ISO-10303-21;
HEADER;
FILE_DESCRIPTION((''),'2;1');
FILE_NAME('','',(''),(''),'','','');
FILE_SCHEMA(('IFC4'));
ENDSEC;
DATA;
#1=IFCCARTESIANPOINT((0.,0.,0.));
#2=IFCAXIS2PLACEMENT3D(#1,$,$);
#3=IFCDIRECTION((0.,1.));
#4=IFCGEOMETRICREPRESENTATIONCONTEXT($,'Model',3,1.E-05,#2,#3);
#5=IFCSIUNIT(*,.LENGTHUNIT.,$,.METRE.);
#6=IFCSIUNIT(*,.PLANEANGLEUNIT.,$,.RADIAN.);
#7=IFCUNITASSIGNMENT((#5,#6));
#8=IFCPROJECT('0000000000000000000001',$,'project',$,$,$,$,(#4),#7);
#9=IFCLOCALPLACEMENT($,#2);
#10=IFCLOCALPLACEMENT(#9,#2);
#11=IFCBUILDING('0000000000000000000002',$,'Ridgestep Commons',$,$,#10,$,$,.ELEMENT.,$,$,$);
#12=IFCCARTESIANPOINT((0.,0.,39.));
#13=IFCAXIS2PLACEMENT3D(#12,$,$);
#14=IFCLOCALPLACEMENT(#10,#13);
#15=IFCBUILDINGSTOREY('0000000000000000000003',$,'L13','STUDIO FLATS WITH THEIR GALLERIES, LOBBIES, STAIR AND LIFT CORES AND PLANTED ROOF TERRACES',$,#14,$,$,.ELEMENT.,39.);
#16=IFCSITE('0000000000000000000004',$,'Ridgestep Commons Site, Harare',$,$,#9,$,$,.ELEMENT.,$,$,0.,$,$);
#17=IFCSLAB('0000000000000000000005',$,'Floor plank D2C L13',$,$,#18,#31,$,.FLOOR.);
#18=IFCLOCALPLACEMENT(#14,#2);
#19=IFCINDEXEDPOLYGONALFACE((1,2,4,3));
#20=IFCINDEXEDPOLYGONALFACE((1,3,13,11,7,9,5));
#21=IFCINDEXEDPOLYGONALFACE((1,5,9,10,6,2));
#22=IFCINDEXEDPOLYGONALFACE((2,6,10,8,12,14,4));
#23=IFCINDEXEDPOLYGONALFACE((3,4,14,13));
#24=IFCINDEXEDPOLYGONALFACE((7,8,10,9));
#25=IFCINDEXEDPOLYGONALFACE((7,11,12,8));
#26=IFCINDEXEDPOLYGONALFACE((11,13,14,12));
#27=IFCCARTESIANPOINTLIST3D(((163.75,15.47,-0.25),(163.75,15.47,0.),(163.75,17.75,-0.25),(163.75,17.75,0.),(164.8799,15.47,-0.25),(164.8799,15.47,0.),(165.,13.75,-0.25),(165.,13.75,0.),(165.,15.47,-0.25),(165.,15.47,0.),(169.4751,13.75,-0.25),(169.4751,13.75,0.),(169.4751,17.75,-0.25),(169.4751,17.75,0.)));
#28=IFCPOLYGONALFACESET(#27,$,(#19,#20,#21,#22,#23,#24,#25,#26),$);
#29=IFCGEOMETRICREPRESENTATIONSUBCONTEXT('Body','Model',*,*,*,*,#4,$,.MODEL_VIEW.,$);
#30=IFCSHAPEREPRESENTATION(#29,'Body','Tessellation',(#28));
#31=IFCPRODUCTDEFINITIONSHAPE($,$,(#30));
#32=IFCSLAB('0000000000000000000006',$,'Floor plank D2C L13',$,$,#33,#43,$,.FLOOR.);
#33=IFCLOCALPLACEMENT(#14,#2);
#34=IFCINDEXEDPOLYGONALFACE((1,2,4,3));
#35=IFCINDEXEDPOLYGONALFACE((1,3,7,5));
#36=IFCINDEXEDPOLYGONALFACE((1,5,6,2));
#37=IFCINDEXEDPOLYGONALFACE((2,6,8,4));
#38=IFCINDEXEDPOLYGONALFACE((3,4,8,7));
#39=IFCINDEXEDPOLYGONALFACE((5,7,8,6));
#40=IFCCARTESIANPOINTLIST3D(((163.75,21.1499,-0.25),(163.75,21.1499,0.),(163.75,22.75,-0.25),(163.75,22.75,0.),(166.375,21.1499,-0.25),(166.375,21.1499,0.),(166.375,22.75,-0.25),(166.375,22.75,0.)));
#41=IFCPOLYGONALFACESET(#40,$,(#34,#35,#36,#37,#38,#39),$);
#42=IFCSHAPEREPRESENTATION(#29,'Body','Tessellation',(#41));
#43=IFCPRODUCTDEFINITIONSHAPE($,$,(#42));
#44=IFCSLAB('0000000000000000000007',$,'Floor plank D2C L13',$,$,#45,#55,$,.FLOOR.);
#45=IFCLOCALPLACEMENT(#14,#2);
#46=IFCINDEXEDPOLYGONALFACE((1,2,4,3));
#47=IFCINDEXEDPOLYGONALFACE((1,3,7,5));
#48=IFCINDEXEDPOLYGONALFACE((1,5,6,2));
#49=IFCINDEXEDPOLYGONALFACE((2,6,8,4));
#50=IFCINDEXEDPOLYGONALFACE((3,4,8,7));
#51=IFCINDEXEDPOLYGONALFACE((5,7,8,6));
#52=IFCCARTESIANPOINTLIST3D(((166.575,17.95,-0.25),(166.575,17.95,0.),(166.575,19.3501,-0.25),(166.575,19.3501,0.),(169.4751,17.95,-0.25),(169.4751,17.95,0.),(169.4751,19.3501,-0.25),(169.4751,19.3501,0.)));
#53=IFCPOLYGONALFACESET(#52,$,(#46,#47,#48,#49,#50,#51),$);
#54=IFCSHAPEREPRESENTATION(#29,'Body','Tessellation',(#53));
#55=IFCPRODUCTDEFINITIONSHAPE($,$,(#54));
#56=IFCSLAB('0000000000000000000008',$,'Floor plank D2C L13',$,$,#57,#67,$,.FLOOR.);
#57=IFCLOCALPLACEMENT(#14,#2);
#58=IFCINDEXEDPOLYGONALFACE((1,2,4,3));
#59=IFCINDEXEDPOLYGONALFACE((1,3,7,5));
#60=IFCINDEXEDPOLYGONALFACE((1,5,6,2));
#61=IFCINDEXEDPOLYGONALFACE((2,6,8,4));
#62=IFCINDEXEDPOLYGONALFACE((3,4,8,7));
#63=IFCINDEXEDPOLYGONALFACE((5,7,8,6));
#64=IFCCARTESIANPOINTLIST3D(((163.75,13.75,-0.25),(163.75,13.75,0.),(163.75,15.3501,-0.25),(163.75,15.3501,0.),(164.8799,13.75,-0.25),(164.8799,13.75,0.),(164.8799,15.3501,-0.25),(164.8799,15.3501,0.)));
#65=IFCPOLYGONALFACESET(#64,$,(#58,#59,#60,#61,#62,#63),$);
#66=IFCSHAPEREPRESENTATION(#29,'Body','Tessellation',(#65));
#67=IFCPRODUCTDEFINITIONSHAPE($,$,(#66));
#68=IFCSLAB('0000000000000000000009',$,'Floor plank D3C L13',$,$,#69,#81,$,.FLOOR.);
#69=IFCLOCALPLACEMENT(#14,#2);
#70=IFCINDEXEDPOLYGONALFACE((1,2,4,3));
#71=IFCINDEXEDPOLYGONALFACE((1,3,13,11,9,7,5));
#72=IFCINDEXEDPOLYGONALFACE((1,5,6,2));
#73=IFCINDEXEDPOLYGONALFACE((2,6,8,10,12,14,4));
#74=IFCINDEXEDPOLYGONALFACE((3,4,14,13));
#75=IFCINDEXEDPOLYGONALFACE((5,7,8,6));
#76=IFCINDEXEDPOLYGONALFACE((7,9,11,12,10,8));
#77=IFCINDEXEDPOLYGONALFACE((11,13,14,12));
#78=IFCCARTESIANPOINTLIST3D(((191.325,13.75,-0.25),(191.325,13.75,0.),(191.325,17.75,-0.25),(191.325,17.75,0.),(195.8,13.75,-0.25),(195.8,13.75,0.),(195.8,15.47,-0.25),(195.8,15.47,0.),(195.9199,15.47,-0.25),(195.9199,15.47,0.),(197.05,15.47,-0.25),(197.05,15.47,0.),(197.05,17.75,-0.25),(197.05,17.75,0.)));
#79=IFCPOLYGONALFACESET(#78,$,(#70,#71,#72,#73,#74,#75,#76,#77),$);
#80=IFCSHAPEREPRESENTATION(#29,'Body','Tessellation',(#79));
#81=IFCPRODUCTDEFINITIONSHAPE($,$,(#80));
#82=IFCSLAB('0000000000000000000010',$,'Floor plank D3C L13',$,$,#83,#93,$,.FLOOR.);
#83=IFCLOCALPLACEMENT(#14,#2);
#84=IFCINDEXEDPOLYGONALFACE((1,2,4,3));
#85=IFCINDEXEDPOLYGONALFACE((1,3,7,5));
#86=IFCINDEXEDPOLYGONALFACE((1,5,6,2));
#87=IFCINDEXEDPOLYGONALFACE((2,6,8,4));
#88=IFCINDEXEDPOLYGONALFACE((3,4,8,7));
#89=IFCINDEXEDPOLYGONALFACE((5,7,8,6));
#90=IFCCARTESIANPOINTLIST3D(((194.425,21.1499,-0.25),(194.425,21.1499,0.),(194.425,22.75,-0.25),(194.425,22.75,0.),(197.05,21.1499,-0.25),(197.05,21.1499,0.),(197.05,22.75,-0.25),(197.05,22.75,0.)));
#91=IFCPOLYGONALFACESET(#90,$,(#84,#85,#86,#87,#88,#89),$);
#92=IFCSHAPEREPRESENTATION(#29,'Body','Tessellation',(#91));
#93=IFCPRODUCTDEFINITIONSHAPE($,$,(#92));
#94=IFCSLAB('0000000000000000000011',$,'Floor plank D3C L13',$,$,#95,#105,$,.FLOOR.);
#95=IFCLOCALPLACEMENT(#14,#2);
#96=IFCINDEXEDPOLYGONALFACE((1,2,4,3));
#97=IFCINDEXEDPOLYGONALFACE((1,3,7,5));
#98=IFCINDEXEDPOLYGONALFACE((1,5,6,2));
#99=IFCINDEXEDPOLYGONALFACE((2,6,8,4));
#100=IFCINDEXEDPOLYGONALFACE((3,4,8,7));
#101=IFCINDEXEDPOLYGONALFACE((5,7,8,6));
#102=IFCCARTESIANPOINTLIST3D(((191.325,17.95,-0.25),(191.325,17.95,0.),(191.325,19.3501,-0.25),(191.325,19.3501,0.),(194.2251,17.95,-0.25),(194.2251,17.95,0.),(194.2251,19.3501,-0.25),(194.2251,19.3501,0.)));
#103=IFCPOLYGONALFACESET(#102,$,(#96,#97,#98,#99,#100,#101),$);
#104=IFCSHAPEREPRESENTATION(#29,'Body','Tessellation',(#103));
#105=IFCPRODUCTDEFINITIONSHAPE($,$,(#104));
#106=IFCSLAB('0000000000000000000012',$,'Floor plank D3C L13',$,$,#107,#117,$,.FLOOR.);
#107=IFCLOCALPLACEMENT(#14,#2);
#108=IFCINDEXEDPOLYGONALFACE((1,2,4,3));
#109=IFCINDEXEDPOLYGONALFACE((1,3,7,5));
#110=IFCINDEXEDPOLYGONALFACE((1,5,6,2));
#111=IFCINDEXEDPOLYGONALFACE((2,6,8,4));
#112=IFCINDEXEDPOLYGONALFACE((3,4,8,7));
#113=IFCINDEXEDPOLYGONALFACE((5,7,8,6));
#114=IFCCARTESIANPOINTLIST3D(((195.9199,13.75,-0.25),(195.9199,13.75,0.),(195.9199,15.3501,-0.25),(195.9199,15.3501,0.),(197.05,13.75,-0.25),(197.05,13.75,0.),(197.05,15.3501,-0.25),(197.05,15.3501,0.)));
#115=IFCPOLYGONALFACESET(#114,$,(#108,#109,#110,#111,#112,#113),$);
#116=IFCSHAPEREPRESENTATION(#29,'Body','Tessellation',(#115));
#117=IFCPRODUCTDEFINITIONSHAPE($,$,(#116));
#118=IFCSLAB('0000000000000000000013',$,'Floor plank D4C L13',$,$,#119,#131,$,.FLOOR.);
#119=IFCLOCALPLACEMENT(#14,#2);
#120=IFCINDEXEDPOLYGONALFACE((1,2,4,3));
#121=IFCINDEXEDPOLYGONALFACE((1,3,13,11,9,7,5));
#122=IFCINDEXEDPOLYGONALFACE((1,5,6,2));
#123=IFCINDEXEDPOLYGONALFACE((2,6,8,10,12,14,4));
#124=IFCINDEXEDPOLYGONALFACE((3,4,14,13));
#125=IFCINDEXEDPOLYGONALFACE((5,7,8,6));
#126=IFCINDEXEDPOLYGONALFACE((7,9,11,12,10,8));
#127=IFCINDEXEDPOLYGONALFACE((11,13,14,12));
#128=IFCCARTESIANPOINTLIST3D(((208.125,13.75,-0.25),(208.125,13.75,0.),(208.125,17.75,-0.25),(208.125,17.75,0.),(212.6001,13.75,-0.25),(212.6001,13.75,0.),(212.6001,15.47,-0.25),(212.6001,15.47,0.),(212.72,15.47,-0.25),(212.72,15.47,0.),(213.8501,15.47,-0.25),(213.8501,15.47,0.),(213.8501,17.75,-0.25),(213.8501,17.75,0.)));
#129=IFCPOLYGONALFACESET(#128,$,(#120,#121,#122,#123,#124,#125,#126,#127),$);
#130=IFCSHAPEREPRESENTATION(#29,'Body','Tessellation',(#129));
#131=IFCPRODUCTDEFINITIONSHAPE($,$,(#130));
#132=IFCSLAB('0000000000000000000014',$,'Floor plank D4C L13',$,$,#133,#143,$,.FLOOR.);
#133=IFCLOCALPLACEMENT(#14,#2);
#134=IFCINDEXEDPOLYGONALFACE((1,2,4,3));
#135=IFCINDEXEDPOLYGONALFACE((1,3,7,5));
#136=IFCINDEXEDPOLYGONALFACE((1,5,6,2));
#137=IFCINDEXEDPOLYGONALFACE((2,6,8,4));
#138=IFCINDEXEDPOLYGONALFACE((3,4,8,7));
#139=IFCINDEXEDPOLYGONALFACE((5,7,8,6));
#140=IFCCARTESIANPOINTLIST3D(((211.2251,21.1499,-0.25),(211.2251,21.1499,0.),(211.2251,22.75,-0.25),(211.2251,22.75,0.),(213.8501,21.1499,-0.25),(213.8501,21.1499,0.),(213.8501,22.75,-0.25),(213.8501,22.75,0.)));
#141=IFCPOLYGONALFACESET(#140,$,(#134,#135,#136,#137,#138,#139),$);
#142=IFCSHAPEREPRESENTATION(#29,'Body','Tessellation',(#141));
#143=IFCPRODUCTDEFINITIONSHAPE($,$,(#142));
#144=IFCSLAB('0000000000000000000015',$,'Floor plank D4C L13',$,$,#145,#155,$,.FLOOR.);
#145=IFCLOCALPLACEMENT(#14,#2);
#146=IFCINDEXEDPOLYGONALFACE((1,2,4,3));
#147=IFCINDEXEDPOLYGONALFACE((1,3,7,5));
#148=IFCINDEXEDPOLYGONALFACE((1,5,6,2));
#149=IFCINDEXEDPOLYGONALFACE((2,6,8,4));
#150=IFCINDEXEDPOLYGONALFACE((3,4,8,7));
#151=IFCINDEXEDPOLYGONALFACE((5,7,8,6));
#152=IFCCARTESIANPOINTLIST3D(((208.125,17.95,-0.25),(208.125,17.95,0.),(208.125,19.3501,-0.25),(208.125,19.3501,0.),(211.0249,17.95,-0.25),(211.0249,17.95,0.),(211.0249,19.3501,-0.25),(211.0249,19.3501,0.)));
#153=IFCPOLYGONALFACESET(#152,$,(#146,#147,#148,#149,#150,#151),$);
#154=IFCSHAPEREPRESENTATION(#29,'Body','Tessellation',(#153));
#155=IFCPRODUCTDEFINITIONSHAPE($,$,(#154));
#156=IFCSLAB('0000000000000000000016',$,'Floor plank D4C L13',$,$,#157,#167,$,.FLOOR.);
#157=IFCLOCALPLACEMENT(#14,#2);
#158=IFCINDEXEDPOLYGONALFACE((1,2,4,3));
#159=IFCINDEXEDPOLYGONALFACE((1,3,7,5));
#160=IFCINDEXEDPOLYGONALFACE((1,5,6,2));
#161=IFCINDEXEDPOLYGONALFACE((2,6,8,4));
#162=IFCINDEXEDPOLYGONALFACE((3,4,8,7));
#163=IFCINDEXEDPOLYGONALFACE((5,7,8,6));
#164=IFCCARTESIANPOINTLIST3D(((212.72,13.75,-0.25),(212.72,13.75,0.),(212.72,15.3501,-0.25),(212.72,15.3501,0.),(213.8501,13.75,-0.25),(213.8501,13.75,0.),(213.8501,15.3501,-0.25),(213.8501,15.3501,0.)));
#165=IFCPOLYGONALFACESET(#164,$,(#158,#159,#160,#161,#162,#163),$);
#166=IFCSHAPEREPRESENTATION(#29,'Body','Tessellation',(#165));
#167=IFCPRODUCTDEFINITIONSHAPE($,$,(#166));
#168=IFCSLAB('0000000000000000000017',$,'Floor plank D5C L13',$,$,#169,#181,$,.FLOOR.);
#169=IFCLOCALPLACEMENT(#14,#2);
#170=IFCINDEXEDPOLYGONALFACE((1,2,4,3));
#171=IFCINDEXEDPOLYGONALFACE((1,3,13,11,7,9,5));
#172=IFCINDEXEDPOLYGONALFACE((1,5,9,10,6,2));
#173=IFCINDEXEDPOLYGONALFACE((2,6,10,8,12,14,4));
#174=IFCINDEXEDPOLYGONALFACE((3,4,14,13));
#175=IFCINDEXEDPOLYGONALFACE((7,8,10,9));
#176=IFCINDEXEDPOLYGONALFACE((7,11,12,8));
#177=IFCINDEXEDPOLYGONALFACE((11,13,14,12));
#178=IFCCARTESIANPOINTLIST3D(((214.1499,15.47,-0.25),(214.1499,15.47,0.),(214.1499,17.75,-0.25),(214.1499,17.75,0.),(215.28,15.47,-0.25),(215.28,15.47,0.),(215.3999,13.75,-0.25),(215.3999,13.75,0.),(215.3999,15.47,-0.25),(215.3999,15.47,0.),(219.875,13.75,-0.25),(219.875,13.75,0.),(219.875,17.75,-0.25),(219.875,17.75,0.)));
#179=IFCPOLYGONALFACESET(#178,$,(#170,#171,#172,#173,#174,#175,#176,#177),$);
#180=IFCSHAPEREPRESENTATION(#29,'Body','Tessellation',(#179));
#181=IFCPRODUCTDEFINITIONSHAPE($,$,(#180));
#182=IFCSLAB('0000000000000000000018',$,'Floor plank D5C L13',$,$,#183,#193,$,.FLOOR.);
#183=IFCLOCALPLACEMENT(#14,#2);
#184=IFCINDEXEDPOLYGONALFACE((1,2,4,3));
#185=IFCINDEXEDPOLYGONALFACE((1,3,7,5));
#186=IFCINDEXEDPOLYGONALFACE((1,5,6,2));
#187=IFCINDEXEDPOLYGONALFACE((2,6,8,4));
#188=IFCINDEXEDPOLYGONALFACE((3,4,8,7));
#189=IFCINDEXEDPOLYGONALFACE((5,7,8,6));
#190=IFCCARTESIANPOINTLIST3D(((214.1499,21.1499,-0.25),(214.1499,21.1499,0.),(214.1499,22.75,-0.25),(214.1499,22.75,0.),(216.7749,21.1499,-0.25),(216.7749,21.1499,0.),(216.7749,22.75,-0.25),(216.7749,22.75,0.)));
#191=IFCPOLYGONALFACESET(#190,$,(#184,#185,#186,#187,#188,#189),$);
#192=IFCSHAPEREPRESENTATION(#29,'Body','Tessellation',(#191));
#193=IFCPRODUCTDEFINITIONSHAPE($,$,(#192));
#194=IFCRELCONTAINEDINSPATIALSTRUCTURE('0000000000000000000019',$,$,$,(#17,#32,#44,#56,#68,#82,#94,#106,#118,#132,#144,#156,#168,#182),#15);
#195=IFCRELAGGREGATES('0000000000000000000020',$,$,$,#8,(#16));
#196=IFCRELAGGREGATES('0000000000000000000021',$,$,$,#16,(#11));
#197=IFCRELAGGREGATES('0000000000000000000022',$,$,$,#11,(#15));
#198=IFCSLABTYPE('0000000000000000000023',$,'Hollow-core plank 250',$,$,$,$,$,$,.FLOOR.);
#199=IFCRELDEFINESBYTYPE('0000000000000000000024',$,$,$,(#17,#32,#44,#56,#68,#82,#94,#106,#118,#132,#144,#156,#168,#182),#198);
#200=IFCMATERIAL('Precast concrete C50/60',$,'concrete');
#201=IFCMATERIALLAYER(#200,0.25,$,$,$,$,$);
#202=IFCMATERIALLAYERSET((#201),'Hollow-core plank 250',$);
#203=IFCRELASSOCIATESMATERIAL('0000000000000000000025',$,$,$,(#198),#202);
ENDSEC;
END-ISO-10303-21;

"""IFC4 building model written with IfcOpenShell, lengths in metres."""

from ifc_helpers import new_model, si_unit, direction, frame, origin, place, context, subcontext, project, spatial, polyline, outline, extrude, material, layer, layer_set, type_object, element, save


model = new_model("IFC4")

# Units and contexts
model_context = context("Model", 3, precision=1e-05, world=origin(), true_north=direction((0.0, 1.0)))
body_context = subcontext(model_context, "Body", "Model", "MODEL_VIEW")
ifc_project = project(units=[si_unit("LENGTHUNIT", "METRE"), si_unit("PLANEANGLEUNIT", "RADIAN")], contexts=[model_context])

# Site, building, storey
site_placement = place(None, origin())
site = spatial("IfcSite", under=ifc_project, at=site_placement, Name="Ridgestep Commons Site, Harare", CompositionType="ELEMENT", RefElevation=0.0)
building_placement = place(site_placement, origin())
building = spatial("IfcBuilding", under=site, at=building_placement, Name="Ridgestep Commons", CompositionType="ELEMENT")
storey_placement = place(building_placement, frame((0.0, 0.0, 39.0)))
storey = spatial("IfcBuildingStorey", under=building, at=storey_placement, Name="L13", Description="STUDIO FLATS WITH THEIR GALLERIES, LOBBIES, STAIR AND LIFT CORES AND PLANTED ROOF TERRACES", CompositionType="ELEMENT", Elevation=39.0)

# Slabs
ifc_material_1 = material(Name="Precast concrete C50/60", Category="concrete")
ifc_layer_1 = layer(ifc_material_1, 0.25)
ifc_layer_set_1 = layer_set([ifc_layer_1], Name="Hollow-core plank 250")
slab_type_1 = type_object("IfcSlabType", Name="Hollow-core plank 250", PredefinedType="FLOOR", material=ifc_layer_set_1)
slab_1_placement = place(storey_placement, frame((0.0, 0.0, -0.25)))
element("IfcSlab", 1, at=slab_1_placement, inside=storey, type_object=slab_type_1, Name="Floor plank D2C L13", PredefinedType="FLOOR", context=body_context, shape_type="SweptSolid", body=[
    extrude(outline(polyline([(165.0, 13.75), (169.4751, 13.75), (169.4751, 17.75), (163.75, 17.75), (163.75, 15.47), (164.8799, 15.47), (165.0, 15.47), (165.0, 13.75)])), origin(), (0.0, 0.0, 1.0), 0.25),
])
slab_2_placement = place(storey_placement, frame((0.0, 0.0, -0.25)))
element("IfcSlab", 2, at=slab_2_placement, inside=storey, type_object=slab_type_1, Name="Floor plank D2C L13", PredefinedType="FLOOR", context=body_context, shape_type="SweptSolid", body=[
    extrude(outline(polyline([(166.375, 22.75), (163.75, 22.75), (163.75, 21.1499), (166.375, 21.1499), (166.375, 22.75)])), origin(), (0.0, 0.0, 1.0), 0.25),
])
slab_3_placement = place(storey_placement, frame((0.0, 0.0, -0.25)))
element("IfcSlab", 3, at=slab_3_placement, inside=storey, type_object=slab_type_1, Name="Floor plank D2C L13", PredefinedType="FLOOR", context=body_context, shape_type="SweptSolid", body=[
    extrude(outline(polyline([(169.4751, 17.95), (169.4751, 19.3501), (166.575, 19.3501), (166.575, 17.95), (169.4751, 17.95)])), origin(), (0.0, 0.0, 1.0), 0.25),
])
slab_4_placement = place(storey_placement, frame((0.0, 0.0, -0.25)))
element("IfcSlab", 4, at=slab_4_placement, inside=storey, type_object=slab_type_1, Name="Floor plank D2C L13", PredefinedType="FLOOR", context=body_context, shape_type="SweptSolid", body=[
    extrude(outline(polyline([(164.8799, 15.3501), (163.75, 15.3501), (163.75, 13.75), (164.8799, 13.75), (164.8799, 15.3501)])), origin(), (0.0, 0.0, 1.0), 0.25),
])
slab_5_placement = place(storey_placement, frame((0.0, 0.0, -0.25)))
element("IfcSlab", 5, at=slab_5_placement, inside=storey, type_object=slab_type_1, Name="Floor plank D3C L13", PredefinedType="FLOOR", context=body_context, shape_type="SweptSolid", body=[
    extrude(outline(polyline([(195.9199, 15.47), (197.05, 15.47), (197.05, 17.75), (191.325, 17.75), (191.325, 13.75), (195.8, 13.75), (195.8, 15.47), (195.9199, 15.47)])), origin(), (0.0, 0.0, 1.0), 0.25),
])
slab_6_placement = place(storey_placement, frame((0.0, 0.0, -0.25)))
element("IfcSlab", 6, at=slab_6_placement, inside=storey, type_object=slab_type_1, Name="Floor plank D3C L13", PredefinedType="FLOOR", context=body_context, shape_type="SweptSolid", body=[
    extrude(outline(polyline([(197.05, 21.1499), (197.05, 22.75), (194.425, 22.75), (194.425, 21.1499), (197.05, 21.1499)])), origin(), (0.0, 0.0, 1.0), 0.25),
])
slab_7_placement = place(storey_placement, frame((0.0, 0.0, -0.25)))
element("IfcSlab", 7, at=slab_7_placement, inside=storey, type_object=slab_type_1, Name="Floor plank D3C L13", PredefinedType="FLOOR", context=body_context, shape_type="SweptSolid", body=[
    extrude(outline(polyline([(194.2251, 17.95), (194.2251, 19.3501), (191.325, 19.3501), (191.325, 17.95), (194.2251, 17.95)])), origin(), (0.0, 0.0, 1.0), 0.25),
])
slab_8_placement = place(storey_placement, frame((0.0, 0.0, -0.25)))
element("IfcSlab", 8, at=slab_8_placement, inside=storey, type_object=slab_type_1, Name="Floor plank D3C L13", PredefinedType="FLOOR", context=body_context, shape_type="SweptSolid", body=[
    extrude(outline(polyline([(195.9199, 13.75), (197.05, 13.75), (197.05, 15.3501), (195.9199, 15.3501), (195.9199, 13.75)])), origin(), (0.0, 0.0, 1.0), 0.25),
])
slab_9_placement = place(storey_placement, frame((0.0, 0.0, -0.25)))
element("IfcSlab", 9, at=slab_9_placement, inside=storey, type_object=slab_type_1, Name="Floor plank D4C L13", PredefinedType="FLOOR", context=body_context, shape_type="SweptSolid", body=[
    extrude(outline(polyline([(212.72, 15.47), (213.8501, 15.47), (213.8501, 17.75), (208.125, 17.75), (208.125, 13.75), (212.6001, 13.75), (212.6001, 15.47), (212.72, 15.47)])), origin(), (0.0, 0.0, 1.0), 0.25),
])
slab_10_placement = place(storey_placement, frame((0.0, 0.0, -0.25)))
element("IfcSlab", 10, at=slab_10_placement, inside=storey, type_object=slab_type_1, Name="Floor plank D4C L13", PredefinedType="FLOOR", context=body_context, shape_type="SweptSolid", body=[
    extrude(outline(polyline([(213.8501, 21.1499), (213.8501, 22.75), (211.2251, 22.75), (211.2251, 21.1499), (213.8501, 21.1499)])), origin(), (0.0, 0.0, 1.0), 0.25),
])
slab_11_placement = place(storey_placement, frame((0.0, 0.0, -0.25)))
element("IfcSlab", 11, at=slab_11_placement, inside=storey, type_object=slab_type_1, Name="Floor plank D4C L13", PredefinedType="FLOOR", context=body_context, shape_type="SweptSolid", body=[
    extrude(outline(polyline([(211.0249, 17.95), (211.0249, 19.3501), (208.125, 19.3501), (208.125, 17.95), (211.0249, 17.95)])), origin(), (0.0, 0.0, 1.0), 0.25),
])
slab_12_placement = place(storey_placement, frame((0.0, 0.0, -0.25)))
element("IfcSlab", 12, at=slab_12_placement, inside=storey, type_object=slab_type_1, Name="Floor plank D4C L13", PredefinedType="FLOOR", context=body_context, shape_type="SweptSolid", body=[
    extrude(outline(polyline([(212.72, 13.75), (213.8501, 13.75), (213.8501, 15.3501), (212.72, 15.3501), (212.72, 13.75)])), origin(), (0.0, 0.0, 1.0), 0.25),
])
slab_13_placement = place(storey_placement, frame((0.0, 0.0, -0.25)))
element("IfcSlab", 13, at=slab_13_placement, inside=storey, type_object=slab_type_1, Name="Floor plank D5C L13", PredefinedType="FLOOR", context=body_context, shape_type="SweptSolid", body=[
    extrude(outline(polyline([(215.3999, 13.75), (219.875, 13.75), (219.875, 17.75), (214.1499, 17.75), (214.1499, 15.47), (215.28, 15.47), (215.3999, 15.47), (215.3999, 13.75)])), origin(), (0.0, 0.0, 1.0), 0.25),
])
slab_14_placement = place(storey_placement, frame((0.0, 0.0, -0.25)))
element("IfcSlab", 14, at=slab_14_placement, inside=storey, type_object=slab_type_1, Name="Floor plank D5C L13", PredefinedType="FLOOR", context=body_context, shape_type="SweptSolid", body=[
    extrude(outline(polyline([(216.7749, 22.75), (214.1499, 22.75), (214.1499, 21.1499), (216.7749, 21.1499), (216.7749, 22.75)])), origin(), (0.0, 0.0, 1.0), 0.25),
])

save(model, "model.ifc")
